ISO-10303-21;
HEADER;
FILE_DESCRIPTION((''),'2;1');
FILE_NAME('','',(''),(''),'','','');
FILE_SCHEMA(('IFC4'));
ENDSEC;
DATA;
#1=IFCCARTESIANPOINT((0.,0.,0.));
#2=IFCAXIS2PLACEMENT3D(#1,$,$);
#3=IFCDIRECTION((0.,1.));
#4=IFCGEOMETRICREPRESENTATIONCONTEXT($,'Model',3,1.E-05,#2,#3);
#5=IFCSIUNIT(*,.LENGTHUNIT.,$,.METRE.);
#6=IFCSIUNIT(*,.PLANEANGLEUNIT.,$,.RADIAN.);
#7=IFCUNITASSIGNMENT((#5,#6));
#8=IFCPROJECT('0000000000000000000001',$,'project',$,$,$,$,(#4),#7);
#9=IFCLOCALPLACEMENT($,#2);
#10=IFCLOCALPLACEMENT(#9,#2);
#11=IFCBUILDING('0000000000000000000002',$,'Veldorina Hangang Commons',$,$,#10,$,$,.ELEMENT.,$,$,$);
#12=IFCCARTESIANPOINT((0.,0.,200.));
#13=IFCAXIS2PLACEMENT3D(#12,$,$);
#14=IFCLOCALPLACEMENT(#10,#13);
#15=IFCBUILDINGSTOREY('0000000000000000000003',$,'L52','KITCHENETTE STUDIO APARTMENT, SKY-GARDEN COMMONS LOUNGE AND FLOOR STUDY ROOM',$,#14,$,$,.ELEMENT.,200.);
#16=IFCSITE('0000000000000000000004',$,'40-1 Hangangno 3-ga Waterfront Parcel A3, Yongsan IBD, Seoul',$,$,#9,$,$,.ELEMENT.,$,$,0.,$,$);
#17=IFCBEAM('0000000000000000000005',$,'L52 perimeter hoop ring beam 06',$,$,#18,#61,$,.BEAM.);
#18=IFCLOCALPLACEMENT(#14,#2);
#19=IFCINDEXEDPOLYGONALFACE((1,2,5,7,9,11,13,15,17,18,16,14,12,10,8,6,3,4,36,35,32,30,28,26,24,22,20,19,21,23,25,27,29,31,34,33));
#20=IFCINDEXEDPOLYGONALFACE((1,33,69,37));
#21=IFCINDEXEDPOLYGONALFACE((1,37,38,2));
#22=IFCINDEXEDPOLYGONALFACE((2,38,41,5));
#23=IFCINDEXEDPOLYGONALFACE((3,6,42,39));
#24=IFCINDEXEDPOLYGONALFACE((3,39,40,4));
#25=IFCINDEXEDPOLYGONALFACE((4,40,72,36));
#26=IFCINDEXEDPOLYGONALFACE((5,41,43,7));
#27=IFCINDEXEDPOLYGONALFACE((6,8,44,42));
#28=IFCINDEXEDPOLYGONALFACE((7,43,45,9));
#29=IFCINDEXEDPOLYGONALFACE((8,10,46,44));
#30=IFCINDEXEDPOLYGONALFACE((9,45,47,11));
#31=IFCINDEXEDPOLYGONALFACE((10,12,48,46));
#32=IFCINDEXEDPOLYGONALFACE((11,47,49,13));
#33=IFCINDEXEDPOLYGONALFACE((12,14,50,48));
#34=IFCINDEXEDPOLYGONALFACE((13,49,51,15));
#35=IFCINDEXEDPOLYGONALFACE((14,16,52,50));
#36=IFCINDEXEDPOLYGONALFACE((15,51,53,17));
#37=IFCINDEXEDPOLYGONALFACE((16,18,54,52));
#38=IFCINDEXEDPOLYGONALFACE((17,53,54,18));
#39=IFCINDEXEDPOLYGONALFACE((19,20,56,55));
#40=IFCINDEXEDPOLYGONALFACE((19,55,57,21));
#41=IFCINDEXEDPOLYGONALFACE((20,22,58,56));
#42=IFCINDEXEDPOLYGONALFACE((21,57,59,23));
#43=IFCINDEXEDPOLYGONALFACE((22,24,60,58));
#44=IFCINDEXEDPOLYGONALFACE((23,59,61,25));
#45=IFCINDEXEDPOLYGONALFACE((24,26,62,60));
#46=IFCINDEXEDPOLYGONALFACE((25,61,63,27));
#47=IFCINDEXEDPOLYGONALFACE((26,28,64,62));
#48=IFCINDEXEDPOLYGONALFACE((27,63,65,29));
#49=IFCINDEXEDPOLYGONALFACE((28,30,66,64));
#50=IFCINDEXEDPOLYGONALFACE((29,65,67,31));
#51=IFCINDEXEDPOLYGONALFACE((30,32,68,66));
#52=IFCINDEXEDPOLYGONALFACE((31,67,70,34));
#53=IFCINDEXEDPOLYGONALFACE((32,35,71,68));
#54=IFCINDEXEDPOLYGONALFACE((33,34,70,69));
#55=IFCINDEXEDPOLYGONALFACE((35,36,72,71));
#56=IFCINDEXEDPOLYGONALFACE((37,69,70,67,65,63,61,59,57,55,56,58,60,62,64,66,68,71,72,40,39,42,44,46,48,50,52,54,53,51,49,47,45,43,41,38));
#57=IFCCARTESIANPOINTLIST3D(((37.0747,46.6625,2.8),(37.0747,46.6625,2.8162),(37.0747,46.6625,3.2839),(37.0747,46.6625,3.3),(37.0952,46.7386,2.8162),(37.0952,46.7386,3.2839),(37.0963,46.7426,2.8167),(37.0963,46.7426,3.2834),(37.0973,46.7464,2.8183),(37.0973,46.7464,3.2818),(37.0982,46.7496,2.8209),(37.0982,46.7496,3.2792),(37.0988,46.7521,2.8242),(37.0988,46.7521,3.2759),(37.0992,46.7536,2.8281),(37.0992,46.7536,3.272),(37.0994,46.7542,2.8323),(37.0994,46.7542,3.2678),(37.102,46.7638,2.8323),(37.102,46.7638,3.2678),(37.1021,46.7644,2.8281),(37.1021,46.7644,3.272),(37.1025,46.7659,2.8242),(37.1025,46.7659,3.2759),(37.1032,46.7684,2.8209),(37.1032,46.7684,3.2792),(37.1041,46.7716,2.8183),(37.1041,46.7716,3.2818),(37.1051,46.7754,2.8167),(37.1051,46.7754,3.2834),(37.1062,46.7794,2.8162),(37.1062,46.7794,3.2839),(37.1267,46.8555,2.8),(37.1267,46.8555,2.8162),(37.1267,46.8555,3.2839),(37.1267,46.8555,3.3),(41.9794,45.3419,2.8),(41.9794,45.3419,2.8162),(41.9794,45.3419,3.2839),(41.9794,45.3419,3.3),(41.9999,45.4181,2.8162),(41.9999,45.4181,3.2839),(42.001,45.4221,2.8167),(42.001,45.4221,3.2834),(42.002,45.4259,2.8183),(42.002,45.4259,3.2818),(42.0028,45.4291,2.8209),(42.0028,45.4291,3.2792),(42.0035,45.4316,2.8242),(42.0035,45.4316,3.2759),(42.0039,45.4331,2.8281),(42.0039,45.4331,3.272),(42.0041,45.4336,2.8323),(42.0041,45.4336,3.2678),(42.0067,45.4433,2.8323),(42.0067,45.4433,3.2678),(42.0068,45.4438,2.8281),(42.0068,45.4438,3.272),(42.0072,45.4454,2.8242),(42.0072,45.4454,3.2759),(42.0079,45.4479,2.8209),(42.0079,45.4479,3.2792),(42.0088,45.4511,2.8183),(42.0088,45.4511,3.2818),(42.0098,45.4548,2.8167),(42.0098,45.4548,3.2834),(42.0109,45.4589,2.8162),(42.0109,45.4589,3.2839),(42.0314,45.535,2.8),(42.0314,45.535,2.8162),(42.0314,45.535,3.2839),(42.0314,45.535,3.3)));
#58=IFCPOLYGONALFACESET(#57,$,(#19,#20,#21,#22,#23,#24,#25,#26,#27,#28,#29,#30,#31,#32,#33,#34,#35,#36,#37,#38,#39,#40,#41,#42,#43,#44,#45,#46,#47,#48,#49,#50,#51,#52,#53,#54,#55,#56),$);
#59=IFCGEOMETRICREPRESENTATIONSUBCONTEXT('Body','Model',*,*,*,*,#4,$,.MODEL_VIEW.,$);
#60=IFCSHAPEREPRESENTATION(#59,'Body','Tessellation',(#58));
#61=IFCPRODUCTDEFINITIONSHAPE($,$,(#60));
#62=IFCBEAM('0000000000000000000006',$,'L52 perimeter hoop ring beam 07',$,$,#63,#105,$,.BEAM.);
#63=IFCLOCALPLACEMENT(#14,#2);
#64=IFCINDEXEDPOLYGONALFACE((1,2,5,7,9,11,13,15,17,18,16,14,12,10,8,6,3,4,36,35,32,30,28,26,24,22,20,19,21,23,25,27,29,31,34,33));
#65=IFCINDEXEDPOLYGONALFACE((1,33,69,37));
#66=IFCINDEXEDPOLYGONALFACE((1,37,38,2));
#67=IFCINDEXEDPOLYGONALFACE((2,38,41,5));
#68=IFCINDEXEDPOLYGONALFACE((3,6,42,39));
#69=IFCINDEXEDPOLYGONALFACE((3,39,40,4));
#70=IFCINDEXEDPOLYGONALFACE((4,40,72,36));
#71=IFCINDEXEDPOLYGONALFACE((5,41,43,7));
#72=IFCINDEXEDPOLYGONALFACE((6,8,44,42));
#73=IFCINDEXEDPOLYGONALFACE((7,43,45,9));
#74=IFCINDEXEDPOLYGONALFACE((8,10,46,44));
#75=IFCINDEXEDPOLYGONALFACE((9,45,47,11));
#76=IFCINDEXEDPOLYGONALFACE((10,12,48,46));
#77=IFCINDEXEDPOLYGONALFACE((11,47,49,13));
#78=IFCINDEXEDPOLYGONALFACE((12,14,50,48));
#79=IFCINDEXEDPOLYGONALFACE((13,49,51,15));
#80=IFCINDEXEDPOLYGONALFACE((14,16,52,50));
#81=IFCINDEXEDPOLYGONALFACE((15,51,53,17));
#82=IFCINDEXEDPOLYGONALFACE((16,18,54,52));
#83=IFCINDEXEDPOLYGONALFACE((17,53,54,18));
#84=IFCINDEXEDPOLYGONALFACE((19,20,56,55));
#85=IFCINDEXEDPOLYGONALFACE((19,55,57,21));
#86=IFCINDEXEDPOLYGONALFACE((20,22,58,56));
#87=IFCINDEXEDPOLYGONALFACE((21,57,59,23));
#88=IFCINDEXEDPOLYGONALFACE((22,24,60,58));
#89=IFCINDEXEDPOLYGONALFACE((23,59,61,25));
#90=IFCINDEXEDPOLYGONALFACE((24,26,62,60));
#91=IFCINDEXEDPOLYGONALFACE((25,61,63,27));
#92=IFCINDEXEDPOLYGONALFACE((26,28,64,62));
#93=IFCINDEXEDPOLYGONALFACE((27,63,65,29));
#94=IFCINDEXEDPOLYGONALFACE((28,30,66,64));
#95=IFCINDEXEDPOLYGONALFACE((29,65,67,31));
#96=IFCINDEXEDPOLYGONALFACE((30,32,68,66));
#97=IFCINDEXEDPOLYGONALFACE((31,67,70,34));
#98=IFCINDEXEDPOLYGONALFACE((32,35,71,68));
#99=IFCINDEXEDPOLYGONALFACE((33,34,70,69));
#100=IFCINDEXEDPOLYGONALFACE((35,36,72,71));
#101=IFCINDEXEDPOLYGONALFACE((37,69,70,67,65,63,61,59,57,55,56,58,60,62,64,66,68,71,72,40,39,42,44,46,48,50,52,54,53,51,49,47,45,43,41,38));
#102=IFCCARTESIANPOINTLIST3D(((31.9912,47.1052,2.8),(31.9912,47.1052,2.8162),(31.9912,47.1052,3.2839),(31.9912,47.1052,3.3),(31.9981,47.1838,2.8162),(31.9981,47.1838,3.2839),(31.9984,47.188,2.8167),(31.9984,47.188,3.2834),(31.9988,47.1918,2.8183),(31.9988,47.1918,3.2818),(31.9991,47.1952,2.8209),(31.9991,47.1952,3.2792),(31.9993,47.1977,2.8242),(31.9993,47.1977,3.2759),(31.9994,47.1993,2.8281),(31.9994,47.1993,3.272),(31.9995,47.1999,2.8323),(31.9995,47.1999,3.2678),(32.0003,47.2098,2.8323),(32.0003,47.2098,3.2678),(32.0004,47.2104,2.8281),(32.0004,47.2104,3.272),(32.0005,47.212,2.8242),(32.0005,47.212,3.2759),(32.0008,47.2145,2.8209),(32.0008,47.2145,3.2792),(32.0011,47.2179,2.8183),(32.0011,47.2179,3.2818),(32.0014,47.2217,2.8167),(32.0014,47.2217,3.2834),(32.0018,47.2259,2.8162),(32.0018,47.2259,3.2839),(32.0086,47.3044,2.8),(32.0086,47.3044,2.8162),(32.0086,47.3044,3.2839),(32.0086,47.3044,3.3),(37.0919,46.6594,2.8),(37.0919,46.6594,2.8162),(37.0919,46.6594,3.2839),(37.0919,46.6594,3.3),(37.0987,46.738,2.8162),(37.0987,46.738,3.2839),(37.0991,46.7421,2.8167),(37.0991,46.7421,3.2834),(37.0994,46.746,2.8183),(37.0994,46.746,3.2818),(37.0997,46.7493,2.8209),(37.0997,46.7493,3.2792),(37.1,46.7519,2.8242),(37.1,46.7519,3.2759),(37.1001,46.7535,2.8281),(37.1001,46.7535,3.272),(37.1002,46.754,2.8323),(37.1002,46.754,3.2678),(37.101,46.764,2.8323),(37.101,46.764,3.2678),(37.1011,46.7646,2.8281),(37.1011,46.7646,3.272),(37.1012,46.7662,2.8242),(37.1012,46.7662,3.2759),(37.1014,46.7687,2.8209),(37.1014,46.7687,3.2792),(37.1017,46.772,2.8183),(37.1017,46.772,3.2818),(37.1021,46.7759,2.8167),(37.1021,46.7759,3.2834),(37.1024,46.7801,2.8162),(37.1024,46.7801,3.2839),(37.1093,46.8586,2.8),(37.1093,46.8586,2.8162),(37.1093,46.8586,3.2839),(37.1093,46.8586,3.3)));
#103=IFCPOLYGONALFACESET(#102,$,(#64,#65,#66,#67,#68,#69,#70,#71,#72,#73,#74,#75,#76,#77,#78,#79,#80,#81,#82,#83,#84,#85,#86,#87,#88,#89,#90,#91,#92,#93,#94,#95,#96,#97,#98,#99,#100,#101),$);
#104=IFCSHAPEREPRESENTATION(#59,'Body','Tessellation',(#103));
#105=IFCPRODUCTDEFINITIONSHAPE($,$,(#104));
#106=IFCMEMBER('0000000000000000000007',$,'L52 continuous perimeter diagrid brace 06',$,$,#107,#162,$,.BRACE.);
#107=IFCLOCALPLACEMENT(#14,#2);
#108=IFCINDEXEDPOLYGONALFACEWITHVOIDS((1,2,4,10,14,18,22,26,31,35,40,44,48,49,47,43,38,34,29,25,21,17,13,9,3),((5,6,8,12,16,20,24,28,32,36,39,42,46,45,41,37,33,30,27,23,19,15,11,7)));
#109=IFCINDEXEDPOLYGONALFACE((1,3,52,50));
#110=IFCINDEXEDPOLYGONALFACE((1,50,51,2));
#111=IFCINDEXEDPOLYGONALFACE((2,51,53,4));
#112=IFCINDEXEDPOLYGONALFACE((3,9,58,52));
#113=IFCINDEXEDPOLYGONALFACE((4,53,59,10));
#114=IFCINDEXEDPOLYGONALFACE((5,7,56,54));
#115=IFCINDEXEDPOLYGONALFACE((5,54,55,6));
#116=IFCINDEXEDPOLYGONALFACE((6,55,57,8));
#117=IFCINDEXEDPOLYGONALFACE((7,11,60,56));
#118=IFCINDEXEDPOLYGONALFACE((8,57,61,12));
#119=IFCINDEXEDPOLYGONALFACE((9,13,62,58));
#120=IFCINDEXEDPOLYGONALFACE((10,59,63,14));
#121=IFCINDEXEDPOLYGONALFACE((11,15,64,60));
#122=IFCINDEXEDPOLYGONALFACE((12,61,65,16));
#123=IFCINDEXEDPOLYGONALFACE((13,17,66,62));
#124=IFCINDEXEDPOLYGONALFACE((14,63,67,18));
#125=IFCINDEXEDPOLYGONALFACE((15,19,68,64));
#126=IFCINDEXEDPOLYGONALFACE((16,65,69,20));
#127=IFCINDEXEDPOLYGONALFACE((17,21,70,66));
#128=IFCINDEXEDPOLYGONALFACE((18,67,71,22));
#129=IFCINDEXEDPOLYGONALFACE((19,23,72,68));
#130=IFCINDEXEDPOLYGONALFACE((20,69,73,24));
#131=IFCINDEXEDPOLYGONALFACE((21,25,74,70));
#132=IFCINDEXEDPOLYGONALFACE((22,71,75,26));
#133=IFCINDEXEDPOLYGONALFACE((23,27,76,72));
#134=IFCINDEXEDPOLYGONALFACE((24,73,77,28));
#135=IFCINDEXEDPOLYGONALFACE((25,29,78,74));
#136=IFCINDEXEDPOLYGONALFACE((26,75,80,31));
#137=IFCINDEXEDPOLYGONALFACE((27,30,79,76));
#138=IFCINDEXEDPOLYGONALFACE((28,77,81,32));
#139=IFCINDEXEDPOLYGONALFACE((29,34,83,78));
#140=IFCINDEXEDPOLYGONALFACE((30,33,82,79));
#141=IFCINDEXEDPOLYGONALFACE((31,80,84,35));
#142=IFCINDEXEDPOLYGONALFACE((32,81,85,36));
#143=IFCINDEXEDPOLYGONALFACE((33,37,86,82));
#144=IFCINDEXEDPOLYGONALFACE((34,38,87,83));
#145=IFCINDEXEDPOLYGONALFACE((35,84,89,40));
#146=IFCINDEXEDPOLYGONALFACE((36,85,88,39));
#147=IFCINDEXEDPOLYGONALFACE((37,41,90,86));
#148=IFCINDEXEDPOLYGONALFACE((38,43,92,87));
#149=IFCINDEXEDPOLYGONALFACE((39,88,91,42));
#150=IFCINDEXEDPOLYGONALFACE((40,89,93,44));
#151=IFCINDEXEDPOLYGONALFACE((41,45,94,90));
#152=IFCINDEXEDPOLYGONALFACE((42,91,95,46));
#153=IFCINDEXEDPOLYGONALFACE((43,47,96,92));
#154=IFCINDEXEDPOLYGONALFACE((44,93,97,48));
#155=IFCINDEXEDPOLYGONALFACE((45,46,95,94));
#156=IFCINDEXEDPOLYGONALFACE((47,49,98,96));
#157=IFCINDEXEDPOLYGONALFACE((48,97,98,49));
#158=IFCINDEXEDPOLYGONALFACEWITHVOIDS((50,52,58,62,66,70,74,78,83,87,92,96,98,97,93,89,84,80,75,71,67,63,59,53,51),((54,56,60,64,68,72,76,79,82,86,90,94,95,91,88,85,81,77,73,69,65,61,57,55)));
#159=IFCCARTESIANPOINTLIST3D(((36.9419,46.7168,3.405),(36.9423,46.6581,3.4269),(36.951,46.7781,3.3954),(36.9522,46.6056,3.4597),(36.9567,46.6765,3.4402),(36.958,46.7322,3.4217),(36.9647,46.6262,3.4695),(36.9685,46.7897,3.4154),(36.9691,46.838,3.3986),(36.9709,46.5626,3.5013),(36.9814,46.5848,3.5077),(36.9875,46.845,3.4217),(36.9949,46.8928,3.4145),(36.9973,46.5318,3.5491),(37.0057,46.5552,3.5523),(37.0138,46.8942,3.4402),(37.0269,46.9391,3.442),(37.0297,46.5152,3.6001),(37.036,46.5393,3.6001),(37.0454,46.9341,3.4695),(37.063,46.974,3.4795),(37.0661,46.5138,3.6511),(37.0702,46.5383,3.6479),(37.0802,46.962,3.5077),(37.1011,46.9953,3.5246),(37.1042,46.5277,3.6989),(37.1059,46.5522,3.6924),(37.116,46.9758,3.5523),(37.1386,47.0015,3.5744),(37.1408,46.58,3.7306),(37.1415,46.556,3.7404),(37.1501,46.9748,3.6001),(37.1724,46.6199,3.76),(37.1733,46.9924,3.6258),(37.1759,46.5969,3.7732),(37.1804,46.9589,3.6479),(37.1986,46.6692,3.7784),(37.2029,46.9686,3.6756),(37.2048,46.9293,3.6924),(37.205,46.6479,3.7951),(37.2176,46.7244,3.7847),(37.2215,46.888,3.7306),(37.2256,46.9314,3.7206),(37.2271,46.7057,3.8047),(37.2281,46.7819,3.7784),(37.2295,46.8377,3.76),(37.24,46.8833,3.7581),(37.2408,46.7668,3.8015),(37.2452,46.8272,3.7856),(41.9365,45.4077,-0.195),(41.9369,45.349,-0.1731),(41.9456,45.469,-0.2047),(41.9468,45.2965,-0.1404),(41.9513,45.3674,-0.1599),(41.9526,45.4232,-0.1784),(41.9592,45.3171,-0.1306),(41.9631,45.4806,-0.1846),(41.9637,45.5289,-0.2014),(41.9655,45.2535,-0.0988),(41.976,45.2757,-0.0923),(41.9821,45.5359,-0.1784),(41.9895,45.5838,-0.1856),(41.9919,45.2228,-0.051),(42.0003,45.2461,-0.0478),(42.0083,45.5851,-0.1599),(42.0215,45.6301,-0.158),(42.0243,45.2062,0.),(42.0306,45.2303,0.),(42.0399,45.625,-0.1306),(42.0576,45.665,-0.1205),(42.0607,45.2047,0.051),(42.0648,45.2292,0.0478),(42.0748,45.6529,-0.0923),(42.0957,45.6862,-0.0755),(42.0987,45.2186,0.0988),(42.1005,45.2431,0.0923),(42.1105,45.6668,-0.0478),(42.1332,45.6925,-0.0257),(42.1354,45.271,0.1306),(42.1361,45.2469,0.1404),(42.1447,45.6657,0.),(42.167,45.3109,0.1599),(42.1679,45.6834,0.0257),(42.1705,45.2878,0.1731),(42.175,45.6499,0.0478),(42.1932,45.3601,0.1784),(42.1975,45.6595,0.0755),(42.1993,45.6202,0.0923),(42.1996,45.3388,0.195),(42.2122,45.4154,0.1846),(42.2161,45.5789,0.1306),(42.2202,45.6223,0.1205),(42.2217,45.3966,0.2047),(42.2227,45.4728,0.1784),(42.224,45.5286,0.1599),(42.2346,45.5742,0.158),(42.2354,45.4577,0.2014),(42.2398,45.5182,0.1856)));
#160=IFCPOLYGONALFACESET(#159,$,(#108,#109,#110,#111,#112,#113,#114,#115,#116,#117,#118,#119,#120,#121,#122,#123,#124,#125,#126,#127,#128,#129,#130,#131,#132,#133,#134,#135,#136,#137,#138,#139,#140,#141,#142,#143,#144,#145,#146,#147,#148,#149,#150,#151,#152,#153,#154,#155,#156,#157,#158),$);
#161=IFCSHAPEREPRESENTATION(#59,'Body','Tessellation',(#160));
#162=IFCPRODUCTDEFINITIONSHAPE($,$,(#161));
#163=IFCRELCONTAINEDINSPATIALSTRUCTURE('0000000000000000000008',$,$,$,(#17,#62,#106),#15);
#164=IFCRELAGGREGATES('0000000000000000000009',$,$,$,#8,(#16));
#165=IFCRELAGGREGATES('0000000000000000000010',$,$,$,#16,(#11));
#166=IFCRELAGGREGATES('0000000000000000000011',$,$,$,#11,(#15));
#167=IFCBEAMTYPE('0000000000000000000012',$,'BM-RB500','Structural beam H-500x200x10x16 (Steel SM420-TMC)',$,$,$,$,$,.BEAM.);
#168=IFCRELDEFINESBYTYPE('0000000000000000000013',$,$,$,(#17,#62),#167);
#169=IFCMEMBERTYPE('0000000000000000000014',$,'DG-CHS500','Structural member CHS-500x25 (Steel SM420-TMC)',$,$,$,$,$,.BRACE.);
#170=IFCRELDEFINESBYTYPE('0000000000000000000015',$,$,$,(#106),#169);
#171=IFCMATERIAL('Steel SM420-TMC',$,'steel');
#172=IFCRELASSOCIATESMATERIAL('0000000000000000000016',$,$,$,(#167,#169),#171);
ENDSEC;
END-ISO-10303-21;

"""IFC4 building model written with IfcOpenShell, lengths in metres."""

from ifc_helpers import new_model, si_unit, direction, frame, origin, origin_2d, place, context, subcontext, project, spatial, hollow_circle, i_section, extrude, material, material_profile, profile_set, type_object, element, save


model = new_model("IFC4")

# Units and contexts
model_context = context("Model", 3, precision=1e-05, world=origin(), true_north=direction((0.0, 1.0)))
body_context = subcontext(model_context, "Body", "Model", "MODEL_VIEW")
ifc_project = project(units=[si_unit("LENGTHUNIT", "METRE"), si_unit("PLANEANGLEUNIT", "RADIAN")], contexts=[model_context])

# Site, building, storey
site_placement = place(None, origin())
site = spatial("IfcSite", under=ifc_project, at=site_placement, Name="40-1 Hangangno 3-ga Waterfront Parcel A3, Yongsan IBD, Seoul", CompositionType="ELEMENT", RefElevation=0.0)
building_placement = place(site_placement, origin())
building = spatial("IfcBuilding", under=site, at=building_placement, Name="Veldorina Hangang Commons", CompositionType="ELEMENT")
storey_placement = place(building_placement, frame((0.0, 0.0, 200.0)))
storey = spatial("IfcBuildingStorey", under=building, at=storey_placement, Name="L52", Description="KITCHENETTE STUDIO APARTMENT, SKY-GARDEN COMMONS LOUNGE AND FLOOR STUDY ROOM", CompositionType="ELEMENT", Elevation=200.0)

# Beams
ifc_material_1 = material(Name="Steel SM420-TMC", Category="steel")
ifc_material_profile_1 = material_profile(ifc_material_1, i_section(OverallWidth=0.2, OverallDepth=0.5, WebThickness=0.01, FlangeThickness=0.0161, FilletRadius=0.0161, at=origin_2d()), Name="H-500x200x10x16")
ifc_profile_set_1 = profile_set([ifc_material_profile_1], Name="Steel SM420-TMC")
beam_type = type_object("IfcBeamType", Name="BM-RB500", Description="Structural beam H-500x200x10x16 (Steel SM420-TMC)", PredefinedType="BEAM", material=ifc_profile_set_1)
beam_1_placement = place(storey_placement, frame((42.0054, 45.4385, 3.05), z_axis=(-0.965614, 0.25998, 0.0), x_axis=(-0.25998, -0.965614, 0.0)))
element("IfcBeam", 1, at=beam_1_placement, inside=storey, type_object=beam_type, Name="L52 perimeter hoop ring beam 06", PredefinedType="BEAM", context=body_context, shape_type="SweptSolid", body=[
    extrude(i_section(OverallWidth=0.2, OverallDepth=0.5, WebThickness=0.01, FlangeThickness=0.0161, FilletRadius=0.0161, at=origin_2d()), origin(), (0.0, 0.0, 1.0), 5.0793),
])
beam_2_placement = place(storey_placement, frame((37.1006, 46.759, 3.05), z_axis=(-0.996202, 0.08707, 0.0), x_axis=(-0.08707, -0.996202, 0.0)))
element("IfcBeam", 2, at=beam_2_placement, inside=storey, type_object=beam_type, Name="L52 perimeter hoop ring beam 07", PredefinedType="BEAM", context=body_context, shape_type="SweptSolid", body=[
    extrude(i_section(OverallWidth=0.2, OverallDepth=0.5, WebThickness=0.01, FlangeThickness=0.0161, FilletRadius=0.0161, at=origin_2d()), origin(), (0.0, 0.0, 1.0), 5.1201),
])

# Member
ifc_material_profile_2 = material_profile(ifc_material_1, hollow_circle(Radius=0.25, WallThickness=0.0249, at=origin_2d()), Name="CHS-500x25")
ifc_profile_set_2 = profile_set([ifc_material_profile_2], Name="Steel SM420-TMC")
member_type_1 = type_object("IfcMemberType", Name="DG-CHS500", Description="Structural member CHS-500x25 (Steel SM420-TMC)", PredefinedType="BRACE", material=ifc_profile_set_2)
member_1_placement = place(storey_placement, frame((42.0876, 45.448, 0.0), z_axis=(-0.793491, 0.207972, 0.571943), x_axis=(-0.253534, -0.967326, 0.0)))
element("IfcMember", 3, at=member_1_placement, inside=storey, type_object=member_type_1, Name="L52 continuous perimeter diagrid brace 06", PredefinedType="BRACE", context=body_context, shape_type="SweptSolid", body=[
    extrude(hollow_circle(Radius=0.25, WallThickness=0.0249, at=origin_2d()), origin(), (0.0, 0.0, 1.0), 6.2944),
])

save(model, "model.ifc")
